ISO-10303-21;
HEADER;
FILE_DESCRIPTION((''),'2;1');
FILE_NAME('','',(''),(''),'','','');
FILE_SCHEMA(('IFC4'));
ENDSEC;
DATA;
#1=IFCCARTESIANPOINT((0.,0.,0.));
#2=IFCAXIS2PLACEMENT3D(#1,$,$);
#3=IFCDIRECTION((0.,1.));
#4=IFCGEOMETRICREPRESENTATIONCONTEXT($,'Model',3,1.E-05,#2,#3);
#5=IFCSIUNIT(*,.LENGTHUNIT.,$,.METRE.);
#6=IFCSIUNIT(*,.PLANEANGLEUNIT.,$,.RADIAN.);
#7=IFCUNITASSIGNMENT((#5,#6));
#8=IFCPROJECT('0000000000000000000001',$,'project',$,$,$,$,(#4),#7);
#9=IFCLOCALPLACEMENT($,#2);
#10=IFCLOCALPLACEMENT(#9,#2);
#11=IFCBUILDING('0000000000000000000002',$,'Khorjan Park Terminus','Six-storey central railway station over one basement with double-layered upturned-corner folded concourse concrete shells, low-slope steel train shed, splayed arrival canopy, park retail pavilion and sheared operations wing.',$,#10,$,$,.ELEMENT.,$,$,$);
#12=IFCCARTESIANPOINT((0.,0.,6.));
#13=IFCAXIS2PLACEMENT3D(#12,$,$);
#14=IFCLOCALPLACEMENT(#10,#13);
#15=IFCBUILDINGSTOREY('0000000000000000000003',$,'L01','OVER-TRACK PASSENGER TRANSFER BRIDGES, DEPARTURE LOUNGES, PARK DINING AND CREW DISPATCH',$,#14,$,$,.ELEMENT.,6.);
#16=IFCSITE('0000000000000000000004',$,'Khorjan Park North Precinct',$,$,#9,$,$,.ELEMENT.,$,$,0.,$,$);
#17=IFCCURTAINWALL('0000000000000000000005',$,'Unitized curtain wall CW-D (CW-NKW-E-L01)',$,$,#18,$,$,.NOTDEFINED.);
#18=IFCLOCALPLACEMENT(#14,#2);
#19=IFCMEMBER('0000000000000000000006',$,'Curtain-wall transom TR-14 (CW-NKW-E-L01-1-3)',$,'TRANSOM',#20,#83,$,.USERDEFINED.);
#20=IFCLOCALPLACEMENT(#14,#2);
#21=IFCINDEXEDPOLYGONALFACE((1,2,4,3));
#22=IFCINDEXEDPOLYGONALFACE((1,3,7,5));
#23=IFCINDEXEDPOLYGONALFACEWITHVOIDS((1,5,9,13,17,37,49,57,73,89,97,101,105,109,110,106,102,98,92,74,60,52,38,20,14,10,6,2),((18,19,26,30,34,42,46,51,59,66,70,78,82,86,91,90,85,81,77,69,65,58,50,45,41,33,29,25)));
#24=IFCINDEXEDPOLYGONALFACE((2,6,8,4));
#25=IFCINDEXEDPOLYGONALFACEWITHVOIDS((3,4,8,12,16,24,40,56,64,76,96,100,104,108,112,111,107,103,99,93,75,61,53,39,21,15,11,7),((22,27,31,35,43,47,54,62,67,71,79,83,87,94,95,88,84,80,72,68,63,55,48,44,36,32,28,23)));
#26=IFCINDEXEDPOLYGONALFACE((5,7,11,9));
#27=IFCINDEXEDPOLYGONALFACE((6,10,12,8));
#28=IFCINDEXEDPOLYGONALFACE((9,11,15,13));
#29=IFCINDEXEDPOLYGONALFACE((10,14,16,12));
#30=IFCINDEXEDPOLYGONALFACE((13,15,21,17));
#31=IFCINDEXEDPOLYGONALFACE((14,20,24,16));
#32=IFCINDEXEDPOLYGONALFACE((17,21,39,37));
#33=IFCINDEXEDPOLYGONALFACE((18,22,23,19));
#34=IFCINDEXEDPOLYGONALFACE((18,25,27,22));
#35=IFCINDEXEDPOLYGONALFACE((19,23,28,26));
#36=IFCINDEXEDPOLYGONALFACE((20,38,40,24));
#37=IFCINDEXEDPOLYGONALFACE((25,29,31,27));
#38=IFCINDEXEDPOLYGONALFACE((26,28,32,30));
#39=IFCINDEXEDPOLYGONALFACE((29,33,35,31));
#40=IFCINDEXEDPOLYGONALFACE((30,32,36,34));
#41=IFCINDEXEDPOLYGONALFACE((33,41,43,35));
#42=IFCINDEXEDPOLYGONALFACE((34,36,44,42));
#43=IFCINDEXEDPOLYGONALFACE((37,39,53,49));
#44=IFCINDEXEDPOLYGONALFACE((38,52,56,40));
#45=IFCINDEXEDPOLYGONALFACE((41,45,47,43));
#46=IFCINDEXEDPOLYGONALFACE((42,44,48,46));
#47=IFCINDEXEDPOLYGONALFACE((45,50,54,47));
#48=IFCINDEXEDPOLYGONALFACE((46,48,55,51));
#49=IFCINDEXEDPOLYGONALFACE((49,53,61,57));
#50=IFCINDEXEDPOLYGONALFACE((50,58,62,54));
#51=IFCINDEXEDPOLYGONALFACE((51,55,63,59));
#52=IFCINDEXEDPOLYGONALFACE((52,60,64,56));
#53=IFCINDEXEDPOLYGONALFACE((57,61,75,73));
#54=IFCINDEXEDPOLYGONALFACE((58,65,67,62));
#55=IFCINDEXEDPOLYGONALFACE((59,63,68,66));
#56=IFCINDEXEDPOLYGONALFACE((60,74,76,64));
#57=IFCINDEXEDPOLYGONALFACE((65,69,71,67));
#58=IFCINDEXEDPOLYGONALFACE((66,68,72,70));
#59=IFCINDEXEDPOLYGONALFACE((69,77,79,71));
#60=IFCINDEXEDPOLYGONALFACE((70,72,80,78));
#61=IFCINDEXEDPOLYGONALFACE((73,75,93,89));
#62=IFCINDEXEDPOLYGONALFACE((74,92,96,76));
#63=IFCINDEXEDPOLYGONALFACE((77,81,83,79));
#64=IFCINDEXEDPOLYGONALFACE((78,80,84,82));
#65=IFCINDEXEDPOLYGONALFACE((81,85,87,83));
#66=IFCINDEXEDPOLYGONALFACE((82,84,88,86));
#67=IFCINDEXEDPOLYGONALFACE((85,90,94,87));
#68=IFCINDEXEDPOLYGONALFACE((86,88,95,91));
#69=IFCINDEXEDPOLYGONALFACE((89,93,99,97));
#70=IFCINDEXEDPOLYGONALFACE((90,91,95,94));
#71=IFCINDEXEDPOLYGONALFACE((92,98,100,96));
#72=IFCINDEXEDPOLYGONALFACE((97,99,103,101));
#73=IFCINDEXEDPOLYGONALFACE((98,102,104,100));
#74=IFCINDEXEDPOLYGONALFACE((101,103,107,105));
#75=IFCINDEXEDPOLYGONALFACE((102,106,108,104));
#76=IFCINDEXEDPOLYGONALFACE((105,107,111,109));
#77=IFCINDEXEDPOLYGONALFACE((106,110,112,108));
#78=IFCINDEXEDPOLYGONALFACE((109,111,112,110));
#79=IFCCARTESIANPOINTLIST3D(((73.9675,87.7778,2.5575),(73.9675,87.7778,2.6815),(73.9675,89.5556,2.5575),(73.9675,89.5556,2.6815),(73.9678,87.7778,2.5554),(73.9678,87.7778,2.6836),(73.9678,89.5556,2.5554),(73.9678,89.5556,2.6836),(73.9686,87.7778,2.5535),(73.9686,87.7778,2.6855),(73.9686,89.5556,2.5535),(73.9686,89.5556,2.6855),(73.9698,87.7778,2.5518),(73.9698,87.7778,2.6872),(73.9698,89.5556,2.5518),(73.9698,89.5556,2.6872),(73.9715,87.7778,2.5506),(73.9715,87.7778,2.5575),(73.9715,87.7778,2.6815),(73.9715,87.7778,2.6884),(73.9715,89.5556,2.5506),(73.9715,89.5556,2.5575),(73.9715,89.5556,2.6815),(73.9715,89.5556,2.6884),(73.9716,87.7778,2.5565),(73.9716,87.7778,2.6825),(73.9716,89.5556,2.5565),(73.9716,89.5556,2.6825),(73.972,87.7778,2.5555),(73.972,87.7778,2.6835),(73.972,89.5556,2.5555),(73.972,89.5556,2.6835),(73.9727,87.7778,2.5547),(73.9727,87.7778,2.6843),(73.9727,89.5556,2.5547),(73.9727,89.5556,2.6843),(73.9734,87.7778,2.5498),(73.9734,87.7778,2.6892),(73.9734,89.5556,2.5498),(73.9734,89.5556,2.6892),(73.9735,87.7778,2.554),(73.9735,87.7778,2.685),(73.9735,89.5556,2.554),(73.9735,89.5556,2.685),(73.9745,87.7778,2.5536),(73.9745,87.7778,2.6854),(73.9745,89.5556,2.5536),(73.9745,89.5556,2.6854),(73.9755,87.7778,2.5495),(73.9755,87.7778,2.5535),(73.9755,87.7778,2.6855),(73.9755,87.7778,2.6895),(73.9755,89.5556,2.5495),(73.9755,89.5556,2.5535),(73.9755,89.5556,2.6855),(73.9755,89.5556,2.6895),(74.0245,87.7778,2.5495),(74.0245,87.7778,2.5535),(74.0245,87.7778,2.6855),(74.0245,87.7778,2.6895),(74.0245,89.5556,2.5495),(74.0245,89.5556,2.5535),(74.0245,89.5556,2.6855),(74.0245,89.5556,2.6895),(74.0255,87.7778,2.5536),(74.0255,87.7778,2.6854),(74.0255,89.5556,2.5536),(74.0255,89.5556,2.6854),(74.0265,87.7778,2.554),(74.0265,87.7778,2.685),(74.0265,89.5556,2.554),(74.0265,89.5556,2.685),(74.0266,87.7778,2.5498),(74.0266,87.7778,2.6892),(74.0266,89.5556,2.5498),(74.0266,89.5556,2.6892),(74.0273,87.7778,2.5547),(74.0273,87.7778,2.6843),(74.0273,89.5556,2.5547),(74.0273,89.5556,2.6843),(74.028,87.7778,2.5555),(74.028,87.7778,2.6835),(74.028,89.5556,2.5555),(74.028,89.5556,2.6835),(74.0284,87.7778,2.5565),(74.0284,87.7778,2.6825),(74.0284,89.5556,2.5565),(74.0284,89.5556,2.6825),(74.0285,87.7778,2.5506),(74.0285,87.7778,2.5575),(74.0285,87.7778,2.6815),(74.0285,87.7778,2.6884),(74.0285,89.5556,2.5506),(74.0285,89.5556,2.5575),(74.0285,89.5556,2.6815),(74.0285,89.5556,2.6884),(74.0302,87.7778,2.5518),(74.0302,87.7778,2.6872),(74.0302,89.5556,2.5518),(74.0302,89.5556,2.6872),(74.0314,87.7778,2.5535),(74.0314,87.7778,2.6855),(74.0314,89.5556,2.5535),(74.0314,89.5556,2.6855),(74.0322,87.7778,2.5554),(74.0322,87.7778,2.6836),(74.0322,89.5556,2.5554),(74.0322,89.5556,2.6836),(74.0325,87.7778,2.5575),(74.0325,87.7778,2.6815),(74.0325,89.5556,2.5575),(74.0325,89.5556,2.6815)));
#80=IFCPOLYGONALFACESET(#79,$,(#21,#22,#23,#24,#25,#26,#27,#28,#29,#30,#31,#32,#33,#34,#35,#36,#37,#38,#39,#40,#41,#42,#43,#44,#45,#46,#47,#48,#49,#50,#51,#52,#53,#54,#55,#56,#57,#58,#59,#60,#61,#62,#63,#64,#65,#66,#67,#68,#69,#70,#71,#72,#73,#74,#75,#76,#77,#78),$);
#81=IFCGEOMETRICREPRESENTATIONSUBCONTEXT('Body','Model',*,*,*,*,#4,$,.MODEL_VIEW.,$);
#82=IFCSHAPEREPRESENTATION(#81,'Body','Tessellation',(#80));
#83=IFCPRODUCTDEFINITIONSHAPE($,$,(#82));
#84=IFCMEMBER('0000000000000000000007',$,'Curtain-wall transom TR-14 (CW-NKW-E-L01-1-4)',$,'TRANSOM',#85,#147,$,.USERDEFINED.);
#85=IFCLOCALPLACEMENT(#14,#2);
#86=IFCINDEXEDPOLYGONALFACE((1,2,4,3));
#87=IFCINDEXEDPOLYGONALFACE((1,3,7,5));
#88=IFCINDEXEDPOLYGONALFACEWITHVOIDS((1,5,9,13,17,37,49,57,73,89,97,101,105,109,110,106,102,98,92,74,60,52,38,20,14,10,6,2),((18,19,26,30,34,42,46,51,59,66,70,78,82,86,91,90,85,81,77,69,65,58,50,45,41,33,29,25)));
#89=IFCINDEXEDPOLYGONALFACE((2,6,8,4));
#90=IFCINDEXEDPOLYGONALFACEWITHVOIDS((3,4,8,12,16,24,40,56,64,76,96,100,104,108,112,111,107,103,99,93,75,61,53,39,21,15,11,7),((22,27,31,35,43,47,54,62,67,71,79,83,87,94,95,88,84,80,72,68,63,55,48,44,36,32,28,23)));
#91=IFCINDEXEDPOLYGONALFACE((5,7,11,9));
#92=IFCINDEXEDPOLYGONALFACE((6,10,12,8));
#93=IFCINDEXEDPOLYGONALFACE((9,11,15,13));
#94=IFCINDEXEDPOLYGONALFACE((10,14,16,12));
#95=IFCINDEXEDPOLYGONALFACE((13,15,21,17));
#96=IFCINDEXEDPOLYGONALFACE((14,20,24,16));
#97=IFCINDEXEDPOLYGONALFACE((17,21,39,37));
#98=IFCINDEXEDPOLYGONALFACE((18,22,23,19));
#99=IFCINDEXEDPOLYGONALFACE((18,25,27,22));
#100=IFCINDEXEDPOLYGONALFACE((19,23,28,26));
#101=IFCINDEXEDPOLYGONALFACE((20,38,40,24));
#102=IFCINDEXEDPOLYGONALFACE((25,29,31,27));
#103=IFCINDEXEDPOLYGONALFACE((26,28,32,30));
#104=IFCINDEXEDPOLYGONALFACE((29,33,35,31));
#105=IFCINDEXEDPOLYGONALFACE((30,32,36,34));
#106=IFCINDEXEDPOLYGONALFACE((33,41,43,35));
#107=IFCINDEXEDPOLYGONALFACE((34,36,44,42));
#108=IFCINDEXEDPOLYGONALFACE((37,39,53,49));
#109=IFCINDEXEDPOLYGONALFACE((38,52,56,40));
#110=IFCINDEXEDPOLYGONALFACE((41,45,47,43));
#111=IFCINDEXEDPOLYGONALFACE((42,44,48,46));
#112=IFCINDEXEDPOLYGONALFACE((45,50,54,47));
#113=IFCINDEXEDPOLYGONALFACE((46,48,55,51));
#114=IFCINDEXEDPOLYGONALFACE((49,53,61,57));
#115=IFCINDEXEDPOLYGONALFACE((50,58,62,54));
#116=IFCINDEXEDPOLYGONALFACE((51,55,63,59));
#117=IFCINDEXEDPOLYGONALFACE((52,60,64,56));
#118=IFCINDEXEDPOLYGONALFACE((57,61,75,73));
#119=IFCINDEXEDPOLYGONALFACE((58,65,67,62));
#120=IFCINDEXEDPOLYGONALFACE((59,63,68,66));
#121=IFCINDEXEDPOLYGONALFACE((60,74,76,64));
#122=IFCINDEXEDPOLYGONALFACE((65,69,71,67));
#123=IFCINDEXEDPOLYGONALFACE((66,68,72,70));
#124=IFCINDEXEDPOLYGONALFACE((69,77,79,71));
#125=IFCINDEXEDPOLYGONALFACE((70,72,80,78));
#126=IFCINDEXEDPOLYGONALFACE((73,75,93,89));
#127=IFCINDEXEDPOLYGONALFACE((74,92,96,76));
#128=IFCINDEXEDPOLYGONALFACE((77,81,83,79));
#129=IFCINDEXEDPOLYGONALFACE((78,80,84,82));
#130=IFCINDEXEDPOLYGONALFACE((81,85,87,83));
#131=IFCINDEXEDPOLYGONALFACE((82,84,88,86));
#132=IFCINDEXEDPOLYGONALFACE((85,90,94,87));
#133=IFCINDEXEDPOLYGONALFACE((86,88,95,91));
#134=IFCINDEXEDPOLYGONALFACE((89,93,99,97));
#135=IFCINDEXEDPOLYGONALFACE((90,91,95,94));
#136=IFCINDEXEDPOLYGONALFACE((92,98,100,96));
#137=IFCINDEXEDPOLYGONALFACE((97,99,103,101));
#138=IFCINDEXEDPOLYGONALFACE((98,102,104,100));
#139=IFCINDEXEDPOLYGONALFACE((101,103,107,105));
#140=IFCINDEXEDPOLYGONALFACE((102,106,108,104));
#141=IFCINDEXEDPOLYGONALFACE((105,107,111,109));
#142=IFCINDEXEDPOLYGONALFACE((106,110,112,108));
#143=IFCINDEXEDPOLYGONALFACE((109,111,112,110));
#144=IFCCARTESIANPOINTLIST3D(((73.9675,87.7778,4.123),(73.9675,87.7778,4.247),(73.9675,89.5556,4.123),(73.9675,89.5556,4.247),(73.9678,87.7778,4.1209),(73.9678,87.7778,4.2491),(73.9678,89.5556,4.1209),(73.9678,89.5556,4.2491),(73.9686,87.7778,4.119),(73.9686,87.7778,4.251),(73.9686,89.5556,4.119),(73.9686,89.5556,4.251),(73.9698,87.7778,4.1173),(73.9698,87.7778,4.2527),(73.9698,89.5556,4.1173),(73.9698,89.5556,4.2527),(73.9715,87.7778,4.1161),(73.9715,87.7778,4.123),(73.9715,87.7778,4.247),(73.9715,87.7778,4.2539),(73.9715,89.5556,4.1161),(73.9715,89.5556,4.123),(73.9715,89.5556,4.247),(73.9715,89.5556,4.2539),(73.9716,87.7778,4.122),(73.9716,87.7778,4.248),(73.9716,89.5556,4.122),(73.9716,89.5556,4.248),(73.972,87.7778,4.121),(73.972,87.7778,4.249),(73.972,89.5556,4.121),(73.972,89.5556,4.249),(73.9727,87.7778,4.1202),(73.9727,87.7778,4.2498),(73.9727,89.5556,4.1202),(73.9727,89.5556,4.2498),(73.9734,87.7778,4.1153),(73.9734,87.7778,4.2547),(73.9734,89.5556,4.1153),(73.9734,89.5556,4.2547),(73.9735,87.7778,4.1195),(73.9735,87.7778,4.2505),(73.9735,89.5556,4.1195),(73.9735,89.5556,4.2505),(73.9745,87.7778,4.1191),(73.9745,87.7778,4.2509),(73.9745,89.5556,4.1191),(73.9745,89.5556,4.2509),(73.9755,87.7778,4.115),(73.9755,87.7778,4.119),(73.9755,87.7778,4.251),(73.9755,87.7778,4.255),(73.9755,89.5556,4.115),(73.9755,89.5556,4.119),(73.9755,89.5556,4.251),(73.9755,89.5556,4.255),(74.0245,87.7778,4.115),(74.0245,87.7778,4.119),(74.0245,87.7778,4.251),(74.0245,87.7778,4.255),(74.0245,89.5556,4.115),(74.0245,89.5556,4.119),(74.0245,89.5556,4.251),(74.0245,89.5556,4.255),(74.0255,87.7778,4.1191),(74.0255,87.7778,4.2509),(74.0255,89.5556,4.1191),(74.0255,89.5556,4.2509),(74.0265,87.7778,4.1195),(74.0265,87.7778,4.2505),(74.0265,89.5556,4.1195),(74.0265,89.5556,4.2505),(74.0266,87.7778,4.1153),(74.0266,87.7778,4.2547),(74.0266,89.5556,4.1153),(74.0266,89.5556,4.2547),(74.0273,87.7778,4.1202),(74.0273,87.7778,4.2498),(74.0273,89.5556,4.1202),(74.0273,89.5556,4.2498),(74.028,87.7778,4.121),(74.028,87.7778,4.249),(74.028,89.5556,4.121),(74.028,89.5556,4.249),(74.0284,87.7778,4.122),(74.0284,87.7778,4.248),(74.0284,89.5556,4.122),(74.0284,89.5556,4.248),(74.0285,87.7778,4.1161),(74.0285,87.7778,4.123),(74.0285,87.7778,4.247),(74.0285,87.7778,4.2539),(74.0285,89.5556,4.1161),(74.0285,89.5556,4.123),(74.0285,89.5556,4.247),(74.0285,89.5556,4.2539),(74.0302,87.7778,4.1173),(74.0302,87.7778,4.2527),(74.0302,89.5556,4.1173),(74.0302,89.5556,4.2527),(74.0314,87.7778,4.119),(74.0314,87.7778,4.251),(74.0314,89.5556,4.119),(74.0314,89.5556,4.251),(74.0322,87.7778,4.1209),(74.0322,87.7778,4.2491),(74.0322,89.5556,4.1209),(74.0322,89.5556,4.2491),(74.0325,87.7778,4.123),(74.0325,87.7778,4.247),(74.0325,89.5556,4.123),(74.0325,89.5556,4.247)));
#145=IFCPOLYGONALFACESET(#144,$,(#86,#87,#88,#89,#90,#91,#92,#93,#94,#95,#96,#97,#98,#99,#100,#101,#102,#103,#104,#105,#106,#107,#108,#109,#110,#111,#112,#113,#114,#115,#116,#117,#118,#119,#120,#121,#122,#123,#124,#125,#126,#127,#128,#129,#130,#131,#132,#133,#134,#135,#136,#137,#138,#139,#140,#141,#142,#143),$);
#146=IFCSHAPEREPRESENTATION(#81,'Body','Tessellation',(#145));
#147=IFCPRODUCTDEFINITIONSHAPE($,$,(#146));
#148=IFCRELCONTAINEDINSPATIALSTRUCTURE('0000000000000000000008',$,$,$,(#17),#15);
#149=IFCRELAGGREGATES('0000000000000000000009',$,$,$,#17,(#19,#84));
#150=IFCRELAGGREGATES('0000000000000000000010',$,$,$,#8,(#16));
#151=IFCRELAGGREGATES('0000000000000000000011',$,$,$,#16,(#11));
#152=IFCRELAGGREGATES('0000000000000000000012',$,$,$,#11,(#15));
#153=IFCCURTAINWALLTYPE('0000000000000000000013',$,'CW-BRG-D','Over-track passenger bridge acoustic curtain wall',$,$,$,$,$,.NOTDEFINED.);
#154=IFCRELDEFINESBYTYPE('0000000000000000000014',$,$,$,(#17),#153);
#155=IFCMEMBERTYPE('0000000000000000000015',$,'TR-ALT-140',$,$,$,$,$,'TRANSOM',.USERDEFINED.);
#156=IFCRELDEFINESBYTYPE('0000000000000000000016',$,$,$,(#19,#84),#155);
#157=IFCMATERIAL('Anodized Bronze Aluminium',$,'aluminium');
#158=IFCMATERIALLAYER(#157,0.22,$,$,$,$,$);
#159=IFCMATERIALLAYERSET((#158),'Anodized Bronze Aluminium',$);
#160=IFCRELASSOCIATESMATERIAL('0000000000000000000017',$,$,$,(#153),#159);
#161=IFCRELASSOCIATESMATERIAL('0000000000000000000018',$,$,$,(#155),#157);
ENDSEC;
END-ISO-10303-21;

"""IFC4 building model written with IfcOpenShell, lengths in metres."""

from ifc_helpers import new_model, si_unit, direction, frame, origin, origin_2d, place, context, subcontext, project, spatial, hollow_rectangle, extrude, material, layer, layer_set, material_profile, profile_set, type_object, element, aggregate, save


model = new_model("IFC4")

# Units and contexts
model_context = context("Model", 3, precision=1e-05, world=origin(), true_north=direction((0.0, 1.0)))
body_context = subcontext(model_context, "Body", "Model", "MODEL_VIEW")
ifc_project = project(units=[si_unit("LENGTHUNIT", "METRE"), si_unit("PLANEANGLEUNIT", "RADIAN")], contexts=[model_context])

# Site, building, storey
site_placement = place(None, origin())
site = spatial("IfcSite", under=ifc_project, at=site_placement, Name="Khorjan Park North Precinct", CompositionType="ELEMENT", RefElevation=0.0)
building_placement = place(site_placement, origin())
building = spatial("IfcBuilding", under=site, at=building_placement, Name="Khorjan Park Terminus", Description="Six-storey central railway station over one basement with double-layered upturned-corner folded concourse concrete shells, low-slope steel train shed, splayed arrival canopy, park retail pavilion and sheared operations wing.", CompositionType="ELEMENT")
storey_placement = place(building_placement, frame((0.0, 0.0, 6.0)))
storey = spatial("IfcBuildingStorey", under=building, at=storey_placement, Name="L01", Description="OVER-TRACK PASSENGER TRANSFER BRIDGES, DEPARTURE LOUNGES, PARK DINING AND CREW DISPATCH", CompositionType="ELEMENT", Elevation=6.0)

# Curtain wall
ifc_material_1 = material(Name="Anodized Bronze Aluminium", Category="aluminium")
ifc_layer_1 = layer(ifc_material_1, 0.22)
ifc_layer_set_1 = layer_set([ifc_layer_1], Name="Anodized Bronze Aluminium")
curtain_wall_type_1 = type_object("IfcCurtainWallType", Name="CW-BRG-D", Description="Over-track passenger bridge acoustic curtain wall", PredefinedType="NOTDEFINED", material=ifc_layer_set_1)
curtain_wall_1_placement = place(storey_placement, origin())
curtain_wall_1 = element("IfcCurtainWall", 1, at=curtain_wall_1_placement, inside=storey, type_object=curtain_wall_type_1, Name="Unitized curtain wall CW-D (CW-NKW-E-L01)", PredefinedType="NOTDEFINED")

# Members
ifc_material_profile_1 = material_profile(ifc_material_1, hollow_rectangle(XDim=0.065, YDim=0.14, WallThickness=0.004, InnerFilletRadius=0.004, OuterFilletRadius=0.008, at=origin_2d()), Name="ALT 65x140x4")
ifc_profile_set_1 = profile_set([ifc_material_profile_1], Name="Anodized Bronze Aluminium")
member_type_1 = type_object("IfcMemberType", Name="TR-ALT-140", ElementType="TRANSOM", PredefinedType="USERDEFINED", material=ifc_profile_set_1)
member_1_placement = place(storey_placement, frame((74.0, 87.7778, 2.6195), z_axis=(0.0, 1.0, 0.0), x_axis=(-1.0, 0.0, 0.0)))
member_1 = element("IfcMember", 2, at=member_1_placement, type_object=member_type_1, Name="Curtain-wall transom TR-14 (CW-NKW-E-L01-1-3)", ObjectType="TRANSOM", PredefinedType="USERDEFINED", context=body_context, shape_type="SweptSolid", body=[
    extrude(hollow_rectangle(XDim=0.065, YDim=0.14, WallThickness=0.004, InnerFilletRadius=0.004, OuterFilletRadius=0.008, at=origin_2d()), origin(), (0.0, 0.0, 1.0), 1.7778),
])
member_2_placement = place(storey_placement, frame((74.0, 87.7778, 4.185), z_axis=(0.0, 1.0, 0.0), x_axis=(-1.0, 0.0, 0.0)))
member_2 = element("IfcMember", 3, at=member_2_placement, type_object=member_type_1, Name="Curtain-wall transom TR-14 (CW-NKW-E-L01-1-4)", ObjectType="TRANSOM", PredefinedType="USERDEFINED", context=body_context, shape_type="SweptSolid", body=[
    extrude(hollow_rectangle(XDim=0.065, YDim=0.14, WallThickness=0.004, InnerFilletRadius=0.004, OuterFilletRadius=0.008, at=origin_2d()), origin(), (0.0, 0.0, 1.0), 1.7778),
])

aggregate(curtain_wall_1, [member_1, member_2])

save(model, "model.ifc")
